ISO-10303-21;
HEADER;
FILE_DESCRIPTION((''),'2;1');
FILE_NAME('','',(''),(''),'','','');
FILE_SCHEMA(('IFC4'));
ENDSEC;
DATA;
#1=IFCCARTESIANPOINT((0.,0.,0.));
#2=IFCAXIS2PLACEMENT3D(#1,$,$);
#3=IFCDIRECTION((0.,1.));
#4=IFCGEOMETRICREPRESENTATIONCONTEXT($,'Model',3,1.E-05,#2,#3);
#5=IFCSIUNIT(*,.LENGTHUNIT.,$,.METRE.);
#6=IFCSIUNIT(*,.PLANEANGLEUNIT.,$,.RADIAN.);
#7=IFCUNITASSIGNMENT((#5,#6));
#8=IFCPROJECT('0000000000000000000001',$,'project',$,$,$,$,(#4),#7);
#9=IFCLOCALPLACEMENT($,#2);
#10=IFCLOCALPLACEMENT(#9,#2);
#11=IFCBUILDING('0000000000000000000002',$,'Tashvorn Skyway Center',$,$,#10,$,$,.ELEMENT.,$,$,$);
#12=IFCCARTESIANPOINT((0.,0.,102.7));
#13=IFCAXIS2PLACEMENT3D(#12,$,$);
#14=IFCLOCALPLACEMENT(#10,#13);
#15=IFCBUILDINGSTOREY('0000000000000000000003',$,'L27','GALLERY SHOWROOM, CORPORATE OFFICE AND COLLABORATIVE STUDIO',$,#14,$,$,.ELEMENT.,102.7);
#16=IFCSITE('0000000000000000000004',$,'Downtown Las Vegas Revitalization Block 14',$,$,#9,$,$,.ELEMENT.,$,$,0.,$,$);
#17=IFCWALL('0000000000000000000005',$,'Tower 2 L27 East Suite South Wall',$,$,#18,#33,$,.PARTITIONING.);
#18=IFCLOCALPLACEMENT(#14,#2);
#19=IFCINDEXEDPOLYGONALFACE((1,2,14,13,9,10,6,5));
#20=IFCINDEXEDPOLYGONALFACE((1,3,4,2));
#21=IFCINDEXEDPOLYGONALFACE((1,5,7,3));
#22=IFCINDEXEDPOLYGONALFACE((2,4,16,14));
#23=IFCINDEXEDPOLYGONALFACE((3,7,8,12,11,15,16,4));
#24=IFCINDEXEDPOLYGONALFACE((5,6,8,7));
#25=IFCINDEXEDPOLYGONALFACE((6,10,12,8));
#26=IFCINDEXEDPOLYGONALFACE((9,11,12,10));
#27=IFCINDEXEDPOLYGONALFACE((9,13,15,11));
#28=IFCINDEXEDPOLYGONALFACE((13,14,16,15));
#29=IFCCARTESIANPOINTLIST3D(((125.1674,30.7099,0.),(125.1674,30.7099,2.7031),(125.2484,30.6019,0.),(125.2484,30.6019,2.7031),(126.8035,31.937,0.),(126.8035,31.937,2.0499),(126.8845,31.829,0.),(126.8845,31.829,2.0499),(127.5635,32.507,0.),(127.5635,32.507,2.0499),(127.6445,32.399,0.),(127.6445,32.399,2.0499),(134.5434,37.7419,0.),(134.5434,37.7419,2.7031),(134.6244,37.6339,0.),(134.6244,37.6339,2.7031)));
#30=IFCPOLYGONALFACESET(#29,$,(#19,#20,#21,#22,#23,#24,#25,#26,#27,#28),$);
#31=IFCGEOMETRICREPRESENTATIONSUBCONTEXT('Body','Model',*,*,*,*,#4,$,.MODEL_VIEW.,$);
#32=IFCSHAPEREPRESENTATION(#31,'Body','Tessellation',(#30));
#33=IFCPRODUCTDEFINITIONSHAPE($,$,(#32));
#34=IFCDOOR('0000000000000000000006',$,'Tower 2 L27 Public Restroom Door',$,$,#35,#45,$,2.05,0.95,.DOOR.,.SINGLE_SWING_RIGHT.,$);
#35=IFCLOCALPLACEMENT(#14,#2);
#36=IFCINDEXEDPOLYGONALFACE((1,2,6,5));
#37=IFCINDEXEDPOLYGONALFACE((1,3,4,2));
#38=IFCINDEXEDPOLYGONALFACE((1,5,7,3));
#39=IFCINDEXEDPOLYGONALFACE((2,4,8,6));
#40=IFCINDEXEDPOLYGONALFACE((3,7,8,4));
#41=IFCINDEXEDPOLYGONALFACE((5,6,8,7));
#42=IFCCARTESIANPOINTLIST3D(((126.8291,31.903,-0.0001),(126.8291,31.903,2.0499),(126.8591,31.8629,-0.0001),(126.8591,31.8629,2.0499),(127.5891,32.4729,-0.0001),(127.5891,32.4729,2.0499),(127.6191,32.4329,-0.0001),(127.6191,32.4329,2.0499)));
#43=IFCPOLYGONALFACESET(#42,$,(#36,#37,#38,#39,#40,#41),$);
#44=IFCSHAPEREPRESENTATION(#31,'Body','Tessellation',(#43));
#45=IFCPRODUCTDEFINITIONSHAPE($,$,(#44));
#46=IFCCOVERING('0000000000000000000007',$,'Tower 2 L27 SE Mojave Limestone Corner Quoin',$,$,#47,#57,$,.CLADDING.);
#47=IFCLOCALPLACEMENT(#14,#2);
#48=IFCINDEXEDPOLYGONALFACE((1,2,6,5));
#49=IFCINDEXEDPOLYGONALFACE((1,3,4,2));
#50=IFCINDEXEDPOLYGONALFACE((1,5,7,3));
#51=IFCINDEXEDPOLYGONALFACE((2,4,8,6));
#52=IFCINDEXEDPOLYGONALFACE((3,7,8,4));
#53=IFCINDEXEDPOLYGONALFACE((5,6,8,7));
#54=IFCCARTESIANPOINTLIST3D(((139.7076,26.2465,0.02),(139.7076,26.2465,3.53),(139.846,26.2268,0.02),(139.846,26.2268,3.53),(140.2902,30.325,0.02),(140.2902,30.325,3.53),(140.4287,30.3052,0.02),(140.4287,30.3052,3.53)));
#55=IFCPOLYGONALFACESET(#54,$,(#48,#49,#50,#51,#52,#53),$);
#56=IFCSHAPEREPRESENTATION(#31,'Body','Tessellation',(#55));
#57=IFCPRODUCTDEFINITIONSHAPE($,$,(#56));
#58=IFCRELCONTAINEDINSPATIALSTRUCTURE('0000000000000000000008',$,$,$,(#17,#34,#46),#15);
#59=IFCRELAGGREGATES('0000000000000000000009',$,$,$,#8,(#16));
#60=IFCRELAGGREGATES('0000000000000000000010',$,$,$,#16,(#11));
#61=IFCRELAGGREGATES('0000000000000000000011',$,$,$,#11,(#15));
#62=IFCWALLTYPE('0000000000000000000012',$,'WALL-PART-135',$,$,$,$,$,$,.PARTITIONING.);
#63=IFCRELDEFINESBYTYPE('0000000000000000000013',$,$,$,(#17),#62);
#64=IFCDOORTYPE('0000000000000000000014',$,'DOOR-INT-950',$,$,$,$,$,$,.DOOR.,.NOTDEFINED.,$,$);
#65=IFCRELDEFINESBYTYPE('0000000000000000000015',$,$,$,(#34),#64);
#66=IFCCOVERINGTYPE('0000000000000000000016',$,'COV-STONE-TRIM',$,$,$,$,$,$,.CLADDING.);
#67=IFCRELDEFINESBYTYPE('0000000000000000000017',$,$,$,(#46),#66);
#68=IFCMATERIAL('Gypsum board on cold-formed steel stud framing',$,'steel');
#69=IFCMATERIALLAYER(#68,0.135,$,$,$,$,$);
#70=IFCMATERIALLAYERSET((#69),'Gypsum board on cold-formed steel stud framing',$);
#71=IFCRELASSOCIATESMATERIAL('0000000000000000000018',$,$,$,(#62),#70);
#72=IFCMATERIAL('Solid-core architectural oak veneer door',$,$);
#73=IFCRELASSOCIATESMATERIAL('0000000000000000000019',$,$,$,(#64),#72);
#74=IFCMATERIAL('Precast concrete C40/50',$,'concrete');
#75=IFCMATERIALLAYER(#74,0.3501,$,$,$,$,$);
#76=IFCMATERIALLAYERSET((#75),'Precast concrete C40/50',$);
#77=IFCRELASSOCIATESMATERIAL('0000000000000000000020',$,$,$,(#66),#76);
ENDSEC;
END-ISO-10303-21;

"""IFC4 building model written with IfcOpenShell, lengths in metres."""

from ifc_helpers import new_model, si_unit, direction, frame, frame_2d, origin, origin_2d, place, context, subcontext, project, spatial, rectangle, extrude, material, layer, layer_set, type_object, element, fill, save


model = new_model("IFC4")

# Units and contexts
model_context = context("Model", 3, precision=1e-05, world=origin(), true_north=direction((0.0, 1.0)))
body_context = subcontext(model_context, "Body", "Model", "MODEL_VIEW")
ifc_project = project(units=[si_unit("LENGTHUNIT", "METRE"), si_unit("PLANEANGLEUNIT", "RADIAN")], contexts=[model_context])

# Site, building, storey
site_placement = place(None, origin())
site = spatial("IfcSite", under=ifc_project, at=site_placement, Name="Downtown Las Vegas Revitalization Block 14", CompositionType="ELEMENT", RefElevation=0.0)
building_placement = place(site_placement, origin())
building = spatial("IfcBuilding", under=site, at=building_placement, Name="Tashvorn Skyway Center", CompositionType="ELEMENT")
storey_placement = place(building_placement, frame((0.0, 0.0, 102.7)))
storey = spatial("IfcBuildingStorey", under=building, at=storey_placement, Name="L27", Description="GALLERY SHOWROOM, CORPORATE OFFICE AND COLLABORATIVE STUDIO", CompositionType="ELEMENT", Elevation=102.7)

# Shared definitions
ifc_material_1 = material(Name="Precast concrete C40/50", Category="concrete")

# Shared definitions
ifc_material_2 = material(Name="Gypsum board on cold-formed steel stud framing", Category="steel")
ifc_layer_1 = layer(ifc_material_2, 0.135)
ifc_layer_set_1 = layer_set([ifc_layer_1], Name="Gypsum board on cold-formed steel stud framing")
wall_type_1 = type_object("IfcWallType", Name="WALL-PART-135", PredefinedType="PARTITIONING", material=ifc_layer_set_1)
ifc_material_3 = material(Name="Solid-core architectural oak veneer door")
door_type_1 = type_object("IfcDoorType", Name="DOOR-INT-950", OperationType="NOTDEFINED", PredefinedType="DOOR", material=ifc_material_3)

# Wall, opening, door
wall_1_placement = place(storey_placement, frame((125.208, 30.656, 0.0), z_axis=(0.0, 0.0, 1.0), x_axis=(0.8, 0.6, 0.0)))
wall_1 = element("IfcWall", 1, at=wall_1_placement, inside=storey, type_object=wall_type_1, Name="Tower 2 L27 East Suite South Wall", PredefinedType="PARTITIONING", context=body_context, shape_type="SweptSolid", body=[
    extrude(rectangle(XDim=11.72, YDim=0.135, at=frame_2d((5.8599, 0.0))), origin(), (0.0, 0.0, 1.0), 2.7031),
])
opening_1_placement = place(wall_1_placement, frame((2.0449, 0.0, 0.0)))
opening_1 = element("IfcOpeningElement", 2, at=opening_1_placement, cuts=wall_1, PredefinedType="OPENING", context=body_context, shape_type="SweptSolid", body=[
    extrude(rectangle(XDim=0.95, YDim=2.05, at=frame_2d((0.4751, 1.0249))), frame((0.0, 0.0774, 0.0), z_axis=(0.0, -1.0, 0.0), x_axis=(1.0, 0.0, 0.0)), (0.0, 0.0, 1.0), 0.155),
])
door_1_placement = place(opening_1_placement, origin())
door_1 = element("IfcDoor", 3, at=door_1_placement, inside=storey, type_object=door_type_1, Name="Tower 2 L27 Public Restroom Door", OperationType="SINGLE_SWING_RIGHT", OverallHeight=2.05, OverallWidth=0.95, PredefinedType="DOOR", context=body_context, shape_type="SweptSolid", body=[
    extrude(rectangle(XDim=0.95, YDim=2.05, at=frame_2d((0.4751, 1.0249))), frame((0.0, 0.0249, 0.0), z_axis=(0.0, -1.0, 0.0), x_axis=(1.0, 0.0, 0.0)), (0.0, 0.0, 1.0), 0.05),
])
fill(opening_1, door_1)

# Covering
ifc_layer_2 = layer(ifc_material_1, 0.3501)
ifc_layer_set_2 = layer_set([ifc_layer_2], Name="Precast concrete C40/50")
covering_type = type_object("IfcCoveringType", Name="COV-STONE-TRIM", PredefinedType="CLADDING", material=ifc_layer_set_2)
covering_placement = place(storey_placement, frame((140.0681, 28.2759, 0.02), z_axis=(0.0, 0.0, 1.0), x_axis=(0.141421, 0.989949, 0.0)))
element("IfcCovering", 4, at=covering_placement, inside=storey, type_object=covering_type, Name="Tower 2 L27 SE Mojave Limestone Corner Quoin", PredefinedType="CLADDING", context=body_context, shape_type="SweptSolid", body=[
    extrude(rectangle(XDim=4.1199, YDim=0.1399, at=origin_2d()), origin(), (0.0, 0.0, 1.0), 3.51),
])

save(model, "model.ifc")
